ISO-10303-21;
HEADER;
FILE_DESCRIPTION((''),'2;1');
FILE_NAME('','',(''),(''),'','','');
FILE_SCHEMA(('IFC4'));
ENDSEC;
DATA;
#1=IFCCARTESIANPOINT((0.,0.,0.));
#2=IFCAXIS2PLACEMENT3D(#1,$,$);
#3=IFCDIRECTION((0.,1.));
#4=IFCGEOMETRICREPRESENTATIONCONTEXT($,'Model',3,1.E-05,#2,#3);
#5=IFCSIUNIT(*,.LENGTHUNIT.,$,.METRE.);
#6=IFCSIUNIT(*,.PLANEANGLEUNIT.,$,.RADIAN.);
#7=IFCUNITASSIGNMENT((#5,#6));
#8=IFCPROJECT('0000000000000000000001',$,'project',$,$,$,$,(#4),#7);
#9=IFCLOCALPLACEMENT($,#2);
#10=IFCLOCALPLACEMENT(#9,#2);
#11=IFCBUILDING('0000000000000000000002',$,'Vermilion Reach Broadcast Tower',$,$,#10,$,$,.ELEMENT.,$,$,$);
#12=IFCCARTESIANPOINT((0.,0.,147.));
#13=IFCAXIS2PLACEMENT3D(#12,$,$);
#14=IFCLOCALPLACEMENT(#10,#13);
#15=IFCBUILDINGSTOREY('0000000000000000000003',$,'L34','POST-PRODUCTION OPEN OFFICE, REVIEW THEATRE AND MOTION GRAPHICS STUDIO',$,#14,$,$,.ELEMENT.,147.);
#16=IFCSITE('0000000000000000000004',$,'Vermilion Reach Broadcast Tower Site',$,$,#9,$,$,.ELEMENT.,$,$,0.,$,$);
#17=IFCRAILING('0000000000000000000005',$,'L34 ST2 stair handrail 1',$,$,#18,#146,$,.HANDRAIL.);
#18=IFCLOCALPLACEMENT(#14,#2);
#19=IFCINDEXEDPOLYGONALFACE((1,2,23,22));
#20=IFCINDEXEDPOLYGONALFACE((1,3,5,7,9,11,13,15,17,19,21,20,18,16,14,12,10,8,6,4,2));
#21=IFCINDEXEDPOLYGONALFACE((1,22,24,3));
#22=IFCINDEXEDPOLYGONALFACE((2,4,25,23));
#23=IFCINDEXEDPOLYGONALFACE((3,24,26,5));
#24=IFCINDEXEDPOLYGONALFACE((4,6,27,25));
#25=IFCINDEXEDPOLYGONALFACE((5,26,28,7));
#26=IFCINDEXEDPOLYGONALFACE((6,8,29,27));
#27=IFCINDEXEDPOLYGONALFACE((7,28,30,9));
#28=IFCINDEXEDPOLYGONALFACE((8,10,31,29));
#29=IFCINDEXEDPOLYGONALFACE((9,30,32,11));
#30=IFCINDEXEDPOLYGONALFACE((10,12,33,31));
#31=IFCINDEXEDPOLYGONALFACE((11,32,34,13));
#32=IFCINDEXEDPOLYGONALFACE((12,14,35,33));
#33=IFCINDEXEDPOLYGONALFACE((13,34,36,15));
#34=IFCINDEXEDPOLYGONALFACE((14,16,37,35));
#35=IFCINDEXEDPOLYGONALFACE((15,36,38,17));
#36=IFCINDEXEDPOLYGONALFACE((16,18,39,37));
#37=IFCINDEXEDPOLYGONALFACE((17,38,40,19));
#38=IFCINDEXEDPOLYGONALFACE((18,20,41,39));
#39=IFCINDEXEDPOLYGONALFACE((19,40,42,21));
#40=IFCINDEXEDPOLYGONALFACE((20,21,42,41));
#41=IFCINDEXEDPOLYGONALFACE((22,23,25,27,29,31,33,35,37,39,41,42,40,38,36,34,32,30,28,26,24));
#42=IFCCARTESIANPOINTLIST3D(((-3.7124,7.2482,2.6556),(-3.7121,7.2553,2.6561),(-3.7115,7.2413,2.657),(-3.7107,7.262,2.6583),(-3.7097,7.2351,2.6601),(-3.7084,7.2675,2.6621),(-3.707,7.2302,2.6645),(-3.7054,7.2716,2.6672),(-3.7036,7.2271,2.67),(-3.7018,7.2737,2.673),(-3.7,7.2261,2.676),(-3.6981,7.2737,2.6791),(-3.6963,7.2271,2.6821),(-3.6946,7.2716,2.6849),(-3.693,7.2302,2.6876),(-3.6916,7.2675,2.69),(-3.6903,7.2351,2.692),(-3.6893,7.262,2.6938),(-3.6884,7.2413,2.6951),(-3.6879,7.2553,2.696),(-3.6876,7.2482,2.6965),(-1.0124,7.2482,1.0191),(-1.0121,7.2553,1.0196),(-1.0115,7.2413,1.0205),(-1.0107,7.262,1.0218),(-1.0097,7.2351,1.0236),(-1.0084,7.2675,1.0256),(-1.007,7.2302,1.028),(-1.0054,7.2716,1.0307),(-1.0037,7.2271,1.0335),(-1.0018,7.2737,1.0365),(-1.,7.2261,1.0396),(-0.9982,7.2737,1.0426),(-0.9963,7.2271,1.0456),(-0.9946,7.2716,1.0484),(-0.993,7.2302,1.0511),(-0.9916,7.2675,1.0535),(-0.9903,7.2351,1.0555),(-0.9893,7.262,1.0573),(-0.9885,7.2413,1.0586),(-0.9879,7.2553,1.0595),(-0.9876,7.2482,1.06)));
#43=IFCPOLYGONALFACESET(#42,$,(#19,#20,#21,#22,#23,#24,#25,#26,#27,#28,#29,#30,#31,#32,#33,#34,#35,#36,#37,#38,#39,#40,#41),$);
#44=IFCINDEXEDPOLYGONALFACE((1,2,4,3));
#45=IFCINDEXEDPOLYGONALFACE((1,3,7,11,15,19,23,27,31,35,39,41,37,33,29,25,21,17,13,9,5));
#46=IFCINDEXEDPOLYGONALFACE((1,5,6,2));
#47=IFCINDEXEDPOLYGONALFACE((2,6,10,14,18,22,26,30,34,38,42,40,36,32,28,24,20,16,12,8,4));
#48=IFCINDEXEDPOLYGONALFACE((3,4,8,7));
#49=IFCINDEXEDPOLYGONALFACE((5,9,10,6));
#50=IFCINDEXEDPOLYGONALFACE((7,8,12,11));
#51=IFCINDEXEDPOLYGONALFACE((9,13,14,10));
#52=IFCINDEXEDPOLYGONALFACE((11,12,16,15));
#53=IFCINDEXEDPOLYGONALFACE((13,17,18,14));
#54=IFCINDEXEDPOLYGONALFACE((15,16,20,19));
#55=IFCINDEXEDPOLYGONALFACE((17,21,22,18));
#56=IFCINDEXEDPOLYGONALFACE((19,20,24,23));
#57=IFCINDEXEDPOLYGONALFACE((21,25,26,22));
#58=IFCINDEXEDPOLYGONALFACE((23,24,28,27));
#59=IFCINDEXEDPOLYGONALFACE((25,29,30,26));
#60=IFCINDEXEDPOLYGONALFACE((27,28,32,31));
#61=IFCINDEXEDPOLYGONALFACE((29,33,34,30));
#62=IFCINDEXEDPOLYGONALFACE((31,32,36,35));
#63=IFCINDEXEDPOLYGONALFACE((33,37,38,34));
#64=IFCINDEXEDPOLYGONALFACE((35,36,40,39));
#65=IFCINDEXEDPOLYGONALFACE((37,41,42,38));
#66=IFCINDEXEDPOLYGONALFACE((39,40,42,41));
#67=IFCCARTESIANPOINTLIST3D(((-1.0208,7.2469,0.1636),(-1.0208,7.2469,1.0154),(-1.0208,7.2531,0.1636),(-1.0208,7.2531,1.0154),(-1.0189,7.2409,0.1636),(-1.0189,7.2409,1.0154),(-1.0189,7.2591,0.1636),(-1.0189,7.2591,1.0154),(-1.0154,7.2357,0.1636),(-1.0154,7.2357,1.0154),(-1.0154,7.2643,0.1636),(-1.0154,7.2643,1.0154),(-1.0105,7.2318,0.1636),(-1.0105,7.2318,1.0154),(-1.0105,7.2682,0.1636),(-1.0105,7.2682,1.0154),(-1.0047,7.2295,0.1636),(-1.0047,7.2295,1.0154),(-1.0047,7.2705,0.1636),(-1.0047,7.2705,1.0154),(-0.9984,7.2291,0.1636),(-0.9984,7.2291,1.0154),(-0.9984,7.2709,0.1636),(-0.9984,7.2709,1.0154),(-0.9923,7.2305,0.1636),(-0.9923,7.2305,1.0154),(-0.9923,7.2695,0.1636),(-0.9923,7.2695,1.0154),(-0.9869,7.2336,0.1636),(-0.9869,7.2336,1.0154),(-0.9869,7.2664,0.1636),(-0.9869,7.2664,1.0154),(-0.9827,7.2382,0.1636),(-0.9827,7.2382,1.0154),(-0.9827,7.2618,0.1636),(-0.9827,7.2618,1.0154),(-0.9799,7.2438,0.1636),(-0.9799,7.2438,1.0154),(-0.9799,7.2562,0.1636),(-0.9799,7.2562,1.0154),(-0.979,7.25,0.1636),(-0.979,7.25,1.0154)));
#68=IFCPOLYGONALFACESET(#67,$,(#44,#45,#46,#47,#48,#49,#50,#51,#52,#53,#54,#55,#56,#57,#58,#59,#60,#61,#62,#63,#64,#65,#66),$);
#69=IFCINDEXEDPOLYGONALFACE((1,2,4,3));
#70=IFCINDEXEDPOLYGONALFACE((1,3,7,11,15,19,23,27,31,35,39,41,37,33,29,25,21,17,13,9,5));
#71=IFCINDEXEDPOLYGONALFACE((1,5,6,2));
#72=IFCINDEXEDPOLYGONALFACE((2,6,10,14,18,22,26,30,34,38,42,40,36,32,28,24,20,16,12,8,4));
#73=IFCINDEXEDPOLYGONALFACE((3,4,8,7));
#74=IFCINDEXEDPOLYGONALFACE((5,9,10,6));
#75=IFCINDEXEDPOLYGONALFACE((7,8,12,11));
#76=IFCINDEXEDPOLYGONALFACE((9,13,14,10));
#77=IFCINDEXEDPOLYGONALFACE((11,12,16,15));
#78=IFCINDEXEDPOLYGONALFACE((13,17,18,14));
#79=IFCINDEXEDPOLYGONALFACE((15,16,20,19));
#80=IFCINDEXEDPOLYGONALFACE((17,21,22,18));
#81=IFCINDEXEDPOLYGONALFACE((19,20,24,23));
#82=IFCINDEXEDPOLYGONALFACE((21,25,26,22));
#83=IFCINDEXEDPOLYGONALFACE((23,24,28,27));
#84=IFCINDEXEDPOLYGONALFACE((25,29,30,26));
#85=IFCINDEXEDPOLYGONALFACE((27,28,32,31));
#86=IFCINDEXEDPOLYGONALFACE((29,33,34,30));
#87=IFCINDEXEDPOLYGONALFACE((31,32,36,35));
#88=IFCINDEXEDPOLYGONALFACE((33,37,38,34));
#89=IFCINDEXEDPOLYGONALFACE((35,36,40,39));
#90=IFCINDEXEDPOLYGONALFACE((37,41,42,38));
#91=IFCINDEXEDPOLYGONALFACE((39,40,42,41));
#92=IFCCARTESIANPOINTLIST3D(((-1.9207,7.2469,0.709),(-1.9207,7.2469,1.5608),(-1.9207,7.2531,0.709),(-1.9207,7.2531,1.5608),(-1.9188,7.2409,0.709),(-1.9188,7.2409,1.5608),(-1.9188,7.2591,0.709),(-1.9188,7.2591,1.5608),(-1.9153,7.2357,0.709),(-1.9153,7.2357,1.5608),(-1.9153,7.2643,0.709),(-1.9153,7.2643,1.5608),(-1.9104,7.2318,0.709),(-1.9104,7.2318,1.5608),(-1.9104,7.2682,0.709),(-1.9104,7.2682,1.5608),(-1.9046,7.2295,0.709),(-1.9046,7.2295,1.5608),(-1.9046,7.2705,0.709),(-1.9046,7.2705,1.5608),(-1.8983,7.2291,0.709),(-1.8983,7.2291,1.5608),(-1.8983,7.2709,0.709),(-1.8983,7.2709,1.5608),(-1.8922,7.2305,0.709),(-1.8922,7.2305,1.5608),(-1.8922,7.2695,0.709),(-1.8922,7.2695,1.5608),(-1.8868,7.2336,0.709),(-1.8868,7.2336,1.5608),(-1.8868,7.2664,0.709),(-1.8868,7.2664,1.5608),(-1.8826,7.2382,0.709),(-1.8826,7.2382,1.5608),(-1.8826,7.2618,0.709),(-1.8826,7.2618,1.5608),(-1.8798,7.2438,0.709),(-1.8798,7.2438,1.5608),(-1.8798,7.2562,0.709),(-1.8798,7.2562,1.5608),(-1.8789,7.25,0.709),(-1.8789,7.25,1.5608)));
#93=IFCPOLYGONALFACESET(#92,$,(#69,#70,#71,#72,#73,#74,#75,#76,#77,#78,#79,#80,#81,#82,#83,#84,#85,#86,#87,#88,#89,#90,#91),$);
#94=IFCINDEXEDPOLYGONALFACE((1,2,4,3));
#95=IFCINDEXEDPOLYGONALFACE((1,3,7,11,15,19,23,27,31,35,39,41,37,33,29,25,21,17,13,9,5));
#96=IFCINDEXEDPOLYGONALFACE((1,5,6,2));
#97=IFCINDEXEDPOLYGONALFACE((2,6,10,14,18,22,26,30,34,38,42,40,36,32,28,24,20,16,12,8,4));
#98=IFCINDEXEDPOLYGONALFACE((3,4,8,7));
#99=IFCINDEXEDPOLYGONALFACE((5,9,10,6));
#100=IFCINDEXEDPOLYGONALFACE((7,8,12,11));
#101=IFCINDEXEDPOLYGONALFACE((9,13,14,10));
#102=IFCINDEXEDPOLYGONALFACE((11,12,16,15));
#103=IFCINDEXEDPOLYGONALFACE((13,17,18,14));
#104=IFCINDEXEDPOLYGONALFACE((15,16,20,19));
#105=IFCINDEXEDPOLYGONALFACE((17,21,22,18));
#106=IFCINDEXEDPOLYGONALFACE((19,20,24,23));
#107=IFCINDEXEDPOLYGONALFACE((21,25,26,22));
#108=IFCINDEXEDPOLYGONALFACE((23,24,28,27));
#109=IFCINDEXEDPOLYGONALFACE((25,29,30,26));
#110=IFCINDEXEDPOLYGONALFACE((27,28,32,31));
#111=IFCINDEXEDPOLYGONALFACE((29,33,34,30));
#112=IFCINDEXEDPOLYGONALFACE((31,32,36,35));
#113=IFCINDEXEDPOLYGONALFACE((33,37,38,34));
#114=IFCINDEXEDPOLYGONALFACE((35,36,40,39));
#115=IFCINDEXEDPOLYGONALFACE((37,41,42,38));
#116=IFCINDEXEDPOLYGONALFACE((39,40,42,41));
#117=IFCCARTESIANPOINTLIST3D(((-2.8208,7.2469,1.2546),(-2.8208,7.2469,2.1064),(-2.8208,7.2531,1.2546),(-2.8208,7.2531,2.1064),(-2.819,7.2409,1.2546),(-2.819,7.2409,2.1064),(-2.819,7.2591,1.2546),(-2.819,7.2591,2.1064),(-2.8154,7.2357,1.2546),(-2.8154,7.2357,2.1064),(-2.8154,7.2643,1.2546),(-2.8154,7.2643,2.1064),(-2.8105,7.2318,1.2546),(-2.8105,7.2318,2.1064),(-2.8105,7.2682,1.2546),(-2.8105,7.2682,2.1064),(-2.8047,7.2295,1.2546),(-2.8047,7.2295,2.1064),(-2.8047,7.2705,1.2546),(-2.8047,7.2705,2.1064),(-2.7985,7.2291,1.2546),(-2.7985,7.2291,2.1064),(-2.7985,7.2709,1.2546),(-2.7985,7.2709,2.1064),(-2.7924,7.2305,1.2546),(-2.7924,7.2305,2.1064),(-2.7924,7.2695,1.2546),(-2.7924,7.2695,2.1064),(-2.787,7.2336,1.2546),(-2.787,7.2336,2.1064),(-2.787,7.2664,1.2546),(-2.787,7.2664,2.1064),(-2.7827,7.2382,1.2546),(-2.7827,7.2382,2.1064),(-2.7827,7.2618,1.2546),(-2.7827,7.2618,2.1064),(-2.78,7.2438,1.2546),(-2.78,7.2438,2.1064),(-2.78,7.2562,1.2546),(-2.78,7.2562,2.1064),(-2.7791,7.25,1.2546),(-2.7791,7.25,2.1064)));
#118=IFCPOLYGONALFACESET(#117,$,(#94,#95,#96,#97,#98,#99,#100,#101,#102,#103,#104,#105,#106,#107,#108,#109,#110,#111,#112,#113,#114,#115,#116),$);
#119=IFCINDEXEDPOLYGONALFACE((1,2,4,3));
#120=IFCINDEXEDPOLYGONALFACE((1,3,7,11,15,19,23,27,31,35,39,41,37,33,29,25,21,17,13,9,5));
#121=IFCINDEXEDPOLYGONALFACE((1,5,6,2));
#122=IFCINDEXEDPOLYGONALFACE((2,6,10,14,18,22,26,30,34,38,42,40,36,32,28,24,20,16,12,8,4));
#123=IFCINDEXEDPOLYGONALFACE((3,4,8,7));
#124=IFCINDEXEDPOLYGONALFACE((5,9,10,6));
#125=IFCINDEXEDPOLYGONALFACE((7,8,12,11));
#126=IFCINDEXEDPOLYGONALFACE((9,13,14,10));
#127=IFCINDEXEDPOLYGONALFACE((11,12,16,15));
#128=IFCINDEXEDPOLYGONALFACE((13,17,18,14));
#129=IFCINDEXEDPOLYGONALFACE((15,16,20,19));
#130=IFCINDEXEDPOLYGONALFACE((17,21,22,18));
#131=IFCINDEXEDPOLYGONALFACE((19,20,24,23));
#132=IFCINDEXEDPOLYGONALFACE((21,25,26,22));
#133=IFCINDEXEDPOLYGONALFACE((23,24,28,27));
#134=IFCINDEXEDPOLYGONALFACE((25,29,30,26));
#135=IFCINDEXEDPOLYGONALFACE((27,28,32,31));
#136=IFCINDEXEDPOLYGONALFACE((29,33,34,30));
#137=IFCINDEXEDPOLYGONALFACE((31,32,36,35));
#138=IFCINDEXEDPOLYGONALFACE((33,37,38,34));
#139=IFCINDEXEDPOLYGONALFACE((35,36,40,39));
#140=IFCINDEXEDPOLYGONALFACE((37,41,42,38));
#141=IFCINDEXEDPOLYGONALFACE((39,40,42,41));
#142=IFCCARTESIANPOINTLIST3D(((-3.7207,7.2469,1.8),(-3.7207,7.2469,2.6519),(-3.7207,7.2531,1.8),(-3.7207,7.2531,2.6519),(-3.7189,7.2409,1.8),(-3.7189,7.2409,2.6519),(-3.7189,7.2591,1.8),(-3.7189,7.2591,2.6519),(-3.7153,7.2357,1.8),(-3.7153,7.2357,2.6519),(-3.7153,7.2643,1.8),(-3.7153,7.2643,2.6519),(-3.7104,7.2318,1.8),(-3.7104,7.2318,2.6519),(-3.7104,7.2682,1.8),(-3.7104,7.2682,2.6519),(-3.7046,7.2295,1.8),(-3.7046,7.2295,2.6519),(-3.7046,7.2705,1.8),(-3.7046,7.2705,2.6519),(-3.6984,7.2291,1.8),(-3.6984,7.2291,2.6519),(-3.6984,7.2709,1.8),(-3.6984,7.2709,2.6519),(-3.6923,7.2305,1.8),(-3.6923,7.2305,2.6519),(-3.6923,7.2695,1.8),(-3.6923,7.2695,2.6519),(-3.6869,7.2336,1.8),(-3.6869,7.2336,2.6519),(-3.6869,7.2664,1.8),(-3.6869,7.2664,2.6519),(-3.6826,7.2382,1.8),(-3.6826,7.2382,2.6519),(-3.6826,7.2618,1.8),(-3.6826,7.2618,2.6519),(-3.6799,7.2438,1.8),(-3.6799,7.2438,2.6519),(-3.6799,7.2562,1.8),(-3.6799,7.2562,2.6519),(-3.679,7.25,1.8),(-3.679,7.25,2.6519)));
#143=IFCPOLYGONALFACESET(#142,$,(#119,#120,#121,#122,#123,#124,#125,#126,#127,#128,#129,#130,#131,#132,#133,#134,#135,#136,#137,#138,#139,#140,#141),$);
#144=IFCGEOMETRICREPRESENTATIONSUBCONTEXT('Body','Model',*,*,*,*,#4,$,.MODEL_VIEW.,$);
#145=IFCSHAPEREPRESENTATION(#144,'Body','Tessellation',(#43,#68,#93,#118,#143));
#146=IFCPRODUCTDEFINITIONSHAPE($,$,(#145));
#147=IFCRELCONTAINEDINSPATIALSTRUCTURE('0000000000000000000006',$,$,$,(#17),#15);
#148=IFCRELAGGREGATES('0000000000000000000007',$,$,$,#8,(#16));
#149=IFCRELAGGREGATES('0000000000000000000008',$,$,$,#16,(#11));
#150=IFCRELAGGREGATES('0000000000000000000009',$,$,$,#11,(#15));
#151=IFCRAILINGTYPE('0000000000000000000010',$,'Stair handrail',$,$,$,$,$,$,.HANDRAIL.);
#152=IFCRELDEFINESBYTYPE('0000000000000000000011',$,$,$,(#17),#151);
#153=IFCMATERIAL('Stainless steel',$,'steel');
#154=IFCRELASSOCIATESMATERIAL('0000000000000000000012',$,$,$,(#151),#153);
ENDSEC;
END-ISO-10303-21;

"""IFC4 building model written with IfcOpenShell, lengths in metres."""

from ifc_helpers import new_model, si_unit, direction, frame, origin, origin_2d, place, context, subcontext, project, spatial, circle, extrude, material, type_object, element, save


model = new_model("IFC4")

# Units and contexts
model_context = context("Model", 3, precision=1e-05, world=origin(), true_north=direction((0.0, 1.0)))
body_context = subcontext(model_context, "Body", "Model", "MODEL_VIEW")
ifc_project = project(units=[si_unit("LENGTHUNIT", "METRE"), si_unit("PLANEANGLEUNIT", "RADIAN")], contexts=[model_context])

# Site, building, storey
site_placement = place(None, origin())
site = spatial("IfcSite", under=ifc_project, at=site_placement, Name="Vermilion Reach Broadcast Tower Site", CompositionType="ELEMENT", RefElevation=0.0)
building_placement = place(site_placement, origin())
building = spatial("IfcBuilding", under=site, at=building_placement, Name="Vermilion Reach Broadcast Tower", CompositionType="ELEMENT")
storey_placement = place(building_placement, frame((0.0, 0.0, 147.0)))
storey = spatial("IfcBuildingStorey", under=building, at=storey_placement, Name="L34", Description="POST-PRODUCTION OPEN OFFICE, REVIEW THEATRE AND MOTION GRAPHICS STUDIO", CompositionType="ELEMENT", Elevation=147.0)

# Railing
ifc_material_1 = material(Name="Stainless steel", Category="steel")
railing_type_1 = type_object("IfcRailingType", Name="Stair handrail", PredefinedType="HANDRAIL", material=ifc_material_1)
railing_1_placement = place(storey_placement, frame((-1.0, 7.25, 0.1636)))
element("IfcRailing", 1, at=railing_1_placement, inside=storey, type_object=railing_type_1, Name="L34 ST2 stair handrail 1", PredefinedType="HANDRAIL", context=body_context, shape_type="SweptSolid", body=[
    extrude(circle(Radius=0.0239, at=origin_2d()), frame((0.0, 0.0, 0.876), z_axis=(-0.855178, 0.0, 0.518334), x_axis=(0.0, -1.0, 0.0)), (0.0, 0.0, 1.0), 3.1572),
    extrude(circle(Radius=0.021, at=origin_2d()), origin(), (0.0, 0.0, 1.0), 0.8518),
    extrude(circle(Radius=0.021, at=origin_2d()), frame((-0.8999, 0.0, 0.5454)), (0.0, 0.0, 1.0), 0.8518),
    extrude(circle(Radius=0.021, at=origin_2d()), frame((-1.8, 0.0, 1.0911)), (0.0, 0.0, 1.0), 0.8518),
    extrude(circle(Radius=0.021, at=origin_2d()), frame((-2.7, 0.0, 1.6365)), (0.0, 0.0, 1.0), 0.8518),
])

save(model, "model.ifc")
